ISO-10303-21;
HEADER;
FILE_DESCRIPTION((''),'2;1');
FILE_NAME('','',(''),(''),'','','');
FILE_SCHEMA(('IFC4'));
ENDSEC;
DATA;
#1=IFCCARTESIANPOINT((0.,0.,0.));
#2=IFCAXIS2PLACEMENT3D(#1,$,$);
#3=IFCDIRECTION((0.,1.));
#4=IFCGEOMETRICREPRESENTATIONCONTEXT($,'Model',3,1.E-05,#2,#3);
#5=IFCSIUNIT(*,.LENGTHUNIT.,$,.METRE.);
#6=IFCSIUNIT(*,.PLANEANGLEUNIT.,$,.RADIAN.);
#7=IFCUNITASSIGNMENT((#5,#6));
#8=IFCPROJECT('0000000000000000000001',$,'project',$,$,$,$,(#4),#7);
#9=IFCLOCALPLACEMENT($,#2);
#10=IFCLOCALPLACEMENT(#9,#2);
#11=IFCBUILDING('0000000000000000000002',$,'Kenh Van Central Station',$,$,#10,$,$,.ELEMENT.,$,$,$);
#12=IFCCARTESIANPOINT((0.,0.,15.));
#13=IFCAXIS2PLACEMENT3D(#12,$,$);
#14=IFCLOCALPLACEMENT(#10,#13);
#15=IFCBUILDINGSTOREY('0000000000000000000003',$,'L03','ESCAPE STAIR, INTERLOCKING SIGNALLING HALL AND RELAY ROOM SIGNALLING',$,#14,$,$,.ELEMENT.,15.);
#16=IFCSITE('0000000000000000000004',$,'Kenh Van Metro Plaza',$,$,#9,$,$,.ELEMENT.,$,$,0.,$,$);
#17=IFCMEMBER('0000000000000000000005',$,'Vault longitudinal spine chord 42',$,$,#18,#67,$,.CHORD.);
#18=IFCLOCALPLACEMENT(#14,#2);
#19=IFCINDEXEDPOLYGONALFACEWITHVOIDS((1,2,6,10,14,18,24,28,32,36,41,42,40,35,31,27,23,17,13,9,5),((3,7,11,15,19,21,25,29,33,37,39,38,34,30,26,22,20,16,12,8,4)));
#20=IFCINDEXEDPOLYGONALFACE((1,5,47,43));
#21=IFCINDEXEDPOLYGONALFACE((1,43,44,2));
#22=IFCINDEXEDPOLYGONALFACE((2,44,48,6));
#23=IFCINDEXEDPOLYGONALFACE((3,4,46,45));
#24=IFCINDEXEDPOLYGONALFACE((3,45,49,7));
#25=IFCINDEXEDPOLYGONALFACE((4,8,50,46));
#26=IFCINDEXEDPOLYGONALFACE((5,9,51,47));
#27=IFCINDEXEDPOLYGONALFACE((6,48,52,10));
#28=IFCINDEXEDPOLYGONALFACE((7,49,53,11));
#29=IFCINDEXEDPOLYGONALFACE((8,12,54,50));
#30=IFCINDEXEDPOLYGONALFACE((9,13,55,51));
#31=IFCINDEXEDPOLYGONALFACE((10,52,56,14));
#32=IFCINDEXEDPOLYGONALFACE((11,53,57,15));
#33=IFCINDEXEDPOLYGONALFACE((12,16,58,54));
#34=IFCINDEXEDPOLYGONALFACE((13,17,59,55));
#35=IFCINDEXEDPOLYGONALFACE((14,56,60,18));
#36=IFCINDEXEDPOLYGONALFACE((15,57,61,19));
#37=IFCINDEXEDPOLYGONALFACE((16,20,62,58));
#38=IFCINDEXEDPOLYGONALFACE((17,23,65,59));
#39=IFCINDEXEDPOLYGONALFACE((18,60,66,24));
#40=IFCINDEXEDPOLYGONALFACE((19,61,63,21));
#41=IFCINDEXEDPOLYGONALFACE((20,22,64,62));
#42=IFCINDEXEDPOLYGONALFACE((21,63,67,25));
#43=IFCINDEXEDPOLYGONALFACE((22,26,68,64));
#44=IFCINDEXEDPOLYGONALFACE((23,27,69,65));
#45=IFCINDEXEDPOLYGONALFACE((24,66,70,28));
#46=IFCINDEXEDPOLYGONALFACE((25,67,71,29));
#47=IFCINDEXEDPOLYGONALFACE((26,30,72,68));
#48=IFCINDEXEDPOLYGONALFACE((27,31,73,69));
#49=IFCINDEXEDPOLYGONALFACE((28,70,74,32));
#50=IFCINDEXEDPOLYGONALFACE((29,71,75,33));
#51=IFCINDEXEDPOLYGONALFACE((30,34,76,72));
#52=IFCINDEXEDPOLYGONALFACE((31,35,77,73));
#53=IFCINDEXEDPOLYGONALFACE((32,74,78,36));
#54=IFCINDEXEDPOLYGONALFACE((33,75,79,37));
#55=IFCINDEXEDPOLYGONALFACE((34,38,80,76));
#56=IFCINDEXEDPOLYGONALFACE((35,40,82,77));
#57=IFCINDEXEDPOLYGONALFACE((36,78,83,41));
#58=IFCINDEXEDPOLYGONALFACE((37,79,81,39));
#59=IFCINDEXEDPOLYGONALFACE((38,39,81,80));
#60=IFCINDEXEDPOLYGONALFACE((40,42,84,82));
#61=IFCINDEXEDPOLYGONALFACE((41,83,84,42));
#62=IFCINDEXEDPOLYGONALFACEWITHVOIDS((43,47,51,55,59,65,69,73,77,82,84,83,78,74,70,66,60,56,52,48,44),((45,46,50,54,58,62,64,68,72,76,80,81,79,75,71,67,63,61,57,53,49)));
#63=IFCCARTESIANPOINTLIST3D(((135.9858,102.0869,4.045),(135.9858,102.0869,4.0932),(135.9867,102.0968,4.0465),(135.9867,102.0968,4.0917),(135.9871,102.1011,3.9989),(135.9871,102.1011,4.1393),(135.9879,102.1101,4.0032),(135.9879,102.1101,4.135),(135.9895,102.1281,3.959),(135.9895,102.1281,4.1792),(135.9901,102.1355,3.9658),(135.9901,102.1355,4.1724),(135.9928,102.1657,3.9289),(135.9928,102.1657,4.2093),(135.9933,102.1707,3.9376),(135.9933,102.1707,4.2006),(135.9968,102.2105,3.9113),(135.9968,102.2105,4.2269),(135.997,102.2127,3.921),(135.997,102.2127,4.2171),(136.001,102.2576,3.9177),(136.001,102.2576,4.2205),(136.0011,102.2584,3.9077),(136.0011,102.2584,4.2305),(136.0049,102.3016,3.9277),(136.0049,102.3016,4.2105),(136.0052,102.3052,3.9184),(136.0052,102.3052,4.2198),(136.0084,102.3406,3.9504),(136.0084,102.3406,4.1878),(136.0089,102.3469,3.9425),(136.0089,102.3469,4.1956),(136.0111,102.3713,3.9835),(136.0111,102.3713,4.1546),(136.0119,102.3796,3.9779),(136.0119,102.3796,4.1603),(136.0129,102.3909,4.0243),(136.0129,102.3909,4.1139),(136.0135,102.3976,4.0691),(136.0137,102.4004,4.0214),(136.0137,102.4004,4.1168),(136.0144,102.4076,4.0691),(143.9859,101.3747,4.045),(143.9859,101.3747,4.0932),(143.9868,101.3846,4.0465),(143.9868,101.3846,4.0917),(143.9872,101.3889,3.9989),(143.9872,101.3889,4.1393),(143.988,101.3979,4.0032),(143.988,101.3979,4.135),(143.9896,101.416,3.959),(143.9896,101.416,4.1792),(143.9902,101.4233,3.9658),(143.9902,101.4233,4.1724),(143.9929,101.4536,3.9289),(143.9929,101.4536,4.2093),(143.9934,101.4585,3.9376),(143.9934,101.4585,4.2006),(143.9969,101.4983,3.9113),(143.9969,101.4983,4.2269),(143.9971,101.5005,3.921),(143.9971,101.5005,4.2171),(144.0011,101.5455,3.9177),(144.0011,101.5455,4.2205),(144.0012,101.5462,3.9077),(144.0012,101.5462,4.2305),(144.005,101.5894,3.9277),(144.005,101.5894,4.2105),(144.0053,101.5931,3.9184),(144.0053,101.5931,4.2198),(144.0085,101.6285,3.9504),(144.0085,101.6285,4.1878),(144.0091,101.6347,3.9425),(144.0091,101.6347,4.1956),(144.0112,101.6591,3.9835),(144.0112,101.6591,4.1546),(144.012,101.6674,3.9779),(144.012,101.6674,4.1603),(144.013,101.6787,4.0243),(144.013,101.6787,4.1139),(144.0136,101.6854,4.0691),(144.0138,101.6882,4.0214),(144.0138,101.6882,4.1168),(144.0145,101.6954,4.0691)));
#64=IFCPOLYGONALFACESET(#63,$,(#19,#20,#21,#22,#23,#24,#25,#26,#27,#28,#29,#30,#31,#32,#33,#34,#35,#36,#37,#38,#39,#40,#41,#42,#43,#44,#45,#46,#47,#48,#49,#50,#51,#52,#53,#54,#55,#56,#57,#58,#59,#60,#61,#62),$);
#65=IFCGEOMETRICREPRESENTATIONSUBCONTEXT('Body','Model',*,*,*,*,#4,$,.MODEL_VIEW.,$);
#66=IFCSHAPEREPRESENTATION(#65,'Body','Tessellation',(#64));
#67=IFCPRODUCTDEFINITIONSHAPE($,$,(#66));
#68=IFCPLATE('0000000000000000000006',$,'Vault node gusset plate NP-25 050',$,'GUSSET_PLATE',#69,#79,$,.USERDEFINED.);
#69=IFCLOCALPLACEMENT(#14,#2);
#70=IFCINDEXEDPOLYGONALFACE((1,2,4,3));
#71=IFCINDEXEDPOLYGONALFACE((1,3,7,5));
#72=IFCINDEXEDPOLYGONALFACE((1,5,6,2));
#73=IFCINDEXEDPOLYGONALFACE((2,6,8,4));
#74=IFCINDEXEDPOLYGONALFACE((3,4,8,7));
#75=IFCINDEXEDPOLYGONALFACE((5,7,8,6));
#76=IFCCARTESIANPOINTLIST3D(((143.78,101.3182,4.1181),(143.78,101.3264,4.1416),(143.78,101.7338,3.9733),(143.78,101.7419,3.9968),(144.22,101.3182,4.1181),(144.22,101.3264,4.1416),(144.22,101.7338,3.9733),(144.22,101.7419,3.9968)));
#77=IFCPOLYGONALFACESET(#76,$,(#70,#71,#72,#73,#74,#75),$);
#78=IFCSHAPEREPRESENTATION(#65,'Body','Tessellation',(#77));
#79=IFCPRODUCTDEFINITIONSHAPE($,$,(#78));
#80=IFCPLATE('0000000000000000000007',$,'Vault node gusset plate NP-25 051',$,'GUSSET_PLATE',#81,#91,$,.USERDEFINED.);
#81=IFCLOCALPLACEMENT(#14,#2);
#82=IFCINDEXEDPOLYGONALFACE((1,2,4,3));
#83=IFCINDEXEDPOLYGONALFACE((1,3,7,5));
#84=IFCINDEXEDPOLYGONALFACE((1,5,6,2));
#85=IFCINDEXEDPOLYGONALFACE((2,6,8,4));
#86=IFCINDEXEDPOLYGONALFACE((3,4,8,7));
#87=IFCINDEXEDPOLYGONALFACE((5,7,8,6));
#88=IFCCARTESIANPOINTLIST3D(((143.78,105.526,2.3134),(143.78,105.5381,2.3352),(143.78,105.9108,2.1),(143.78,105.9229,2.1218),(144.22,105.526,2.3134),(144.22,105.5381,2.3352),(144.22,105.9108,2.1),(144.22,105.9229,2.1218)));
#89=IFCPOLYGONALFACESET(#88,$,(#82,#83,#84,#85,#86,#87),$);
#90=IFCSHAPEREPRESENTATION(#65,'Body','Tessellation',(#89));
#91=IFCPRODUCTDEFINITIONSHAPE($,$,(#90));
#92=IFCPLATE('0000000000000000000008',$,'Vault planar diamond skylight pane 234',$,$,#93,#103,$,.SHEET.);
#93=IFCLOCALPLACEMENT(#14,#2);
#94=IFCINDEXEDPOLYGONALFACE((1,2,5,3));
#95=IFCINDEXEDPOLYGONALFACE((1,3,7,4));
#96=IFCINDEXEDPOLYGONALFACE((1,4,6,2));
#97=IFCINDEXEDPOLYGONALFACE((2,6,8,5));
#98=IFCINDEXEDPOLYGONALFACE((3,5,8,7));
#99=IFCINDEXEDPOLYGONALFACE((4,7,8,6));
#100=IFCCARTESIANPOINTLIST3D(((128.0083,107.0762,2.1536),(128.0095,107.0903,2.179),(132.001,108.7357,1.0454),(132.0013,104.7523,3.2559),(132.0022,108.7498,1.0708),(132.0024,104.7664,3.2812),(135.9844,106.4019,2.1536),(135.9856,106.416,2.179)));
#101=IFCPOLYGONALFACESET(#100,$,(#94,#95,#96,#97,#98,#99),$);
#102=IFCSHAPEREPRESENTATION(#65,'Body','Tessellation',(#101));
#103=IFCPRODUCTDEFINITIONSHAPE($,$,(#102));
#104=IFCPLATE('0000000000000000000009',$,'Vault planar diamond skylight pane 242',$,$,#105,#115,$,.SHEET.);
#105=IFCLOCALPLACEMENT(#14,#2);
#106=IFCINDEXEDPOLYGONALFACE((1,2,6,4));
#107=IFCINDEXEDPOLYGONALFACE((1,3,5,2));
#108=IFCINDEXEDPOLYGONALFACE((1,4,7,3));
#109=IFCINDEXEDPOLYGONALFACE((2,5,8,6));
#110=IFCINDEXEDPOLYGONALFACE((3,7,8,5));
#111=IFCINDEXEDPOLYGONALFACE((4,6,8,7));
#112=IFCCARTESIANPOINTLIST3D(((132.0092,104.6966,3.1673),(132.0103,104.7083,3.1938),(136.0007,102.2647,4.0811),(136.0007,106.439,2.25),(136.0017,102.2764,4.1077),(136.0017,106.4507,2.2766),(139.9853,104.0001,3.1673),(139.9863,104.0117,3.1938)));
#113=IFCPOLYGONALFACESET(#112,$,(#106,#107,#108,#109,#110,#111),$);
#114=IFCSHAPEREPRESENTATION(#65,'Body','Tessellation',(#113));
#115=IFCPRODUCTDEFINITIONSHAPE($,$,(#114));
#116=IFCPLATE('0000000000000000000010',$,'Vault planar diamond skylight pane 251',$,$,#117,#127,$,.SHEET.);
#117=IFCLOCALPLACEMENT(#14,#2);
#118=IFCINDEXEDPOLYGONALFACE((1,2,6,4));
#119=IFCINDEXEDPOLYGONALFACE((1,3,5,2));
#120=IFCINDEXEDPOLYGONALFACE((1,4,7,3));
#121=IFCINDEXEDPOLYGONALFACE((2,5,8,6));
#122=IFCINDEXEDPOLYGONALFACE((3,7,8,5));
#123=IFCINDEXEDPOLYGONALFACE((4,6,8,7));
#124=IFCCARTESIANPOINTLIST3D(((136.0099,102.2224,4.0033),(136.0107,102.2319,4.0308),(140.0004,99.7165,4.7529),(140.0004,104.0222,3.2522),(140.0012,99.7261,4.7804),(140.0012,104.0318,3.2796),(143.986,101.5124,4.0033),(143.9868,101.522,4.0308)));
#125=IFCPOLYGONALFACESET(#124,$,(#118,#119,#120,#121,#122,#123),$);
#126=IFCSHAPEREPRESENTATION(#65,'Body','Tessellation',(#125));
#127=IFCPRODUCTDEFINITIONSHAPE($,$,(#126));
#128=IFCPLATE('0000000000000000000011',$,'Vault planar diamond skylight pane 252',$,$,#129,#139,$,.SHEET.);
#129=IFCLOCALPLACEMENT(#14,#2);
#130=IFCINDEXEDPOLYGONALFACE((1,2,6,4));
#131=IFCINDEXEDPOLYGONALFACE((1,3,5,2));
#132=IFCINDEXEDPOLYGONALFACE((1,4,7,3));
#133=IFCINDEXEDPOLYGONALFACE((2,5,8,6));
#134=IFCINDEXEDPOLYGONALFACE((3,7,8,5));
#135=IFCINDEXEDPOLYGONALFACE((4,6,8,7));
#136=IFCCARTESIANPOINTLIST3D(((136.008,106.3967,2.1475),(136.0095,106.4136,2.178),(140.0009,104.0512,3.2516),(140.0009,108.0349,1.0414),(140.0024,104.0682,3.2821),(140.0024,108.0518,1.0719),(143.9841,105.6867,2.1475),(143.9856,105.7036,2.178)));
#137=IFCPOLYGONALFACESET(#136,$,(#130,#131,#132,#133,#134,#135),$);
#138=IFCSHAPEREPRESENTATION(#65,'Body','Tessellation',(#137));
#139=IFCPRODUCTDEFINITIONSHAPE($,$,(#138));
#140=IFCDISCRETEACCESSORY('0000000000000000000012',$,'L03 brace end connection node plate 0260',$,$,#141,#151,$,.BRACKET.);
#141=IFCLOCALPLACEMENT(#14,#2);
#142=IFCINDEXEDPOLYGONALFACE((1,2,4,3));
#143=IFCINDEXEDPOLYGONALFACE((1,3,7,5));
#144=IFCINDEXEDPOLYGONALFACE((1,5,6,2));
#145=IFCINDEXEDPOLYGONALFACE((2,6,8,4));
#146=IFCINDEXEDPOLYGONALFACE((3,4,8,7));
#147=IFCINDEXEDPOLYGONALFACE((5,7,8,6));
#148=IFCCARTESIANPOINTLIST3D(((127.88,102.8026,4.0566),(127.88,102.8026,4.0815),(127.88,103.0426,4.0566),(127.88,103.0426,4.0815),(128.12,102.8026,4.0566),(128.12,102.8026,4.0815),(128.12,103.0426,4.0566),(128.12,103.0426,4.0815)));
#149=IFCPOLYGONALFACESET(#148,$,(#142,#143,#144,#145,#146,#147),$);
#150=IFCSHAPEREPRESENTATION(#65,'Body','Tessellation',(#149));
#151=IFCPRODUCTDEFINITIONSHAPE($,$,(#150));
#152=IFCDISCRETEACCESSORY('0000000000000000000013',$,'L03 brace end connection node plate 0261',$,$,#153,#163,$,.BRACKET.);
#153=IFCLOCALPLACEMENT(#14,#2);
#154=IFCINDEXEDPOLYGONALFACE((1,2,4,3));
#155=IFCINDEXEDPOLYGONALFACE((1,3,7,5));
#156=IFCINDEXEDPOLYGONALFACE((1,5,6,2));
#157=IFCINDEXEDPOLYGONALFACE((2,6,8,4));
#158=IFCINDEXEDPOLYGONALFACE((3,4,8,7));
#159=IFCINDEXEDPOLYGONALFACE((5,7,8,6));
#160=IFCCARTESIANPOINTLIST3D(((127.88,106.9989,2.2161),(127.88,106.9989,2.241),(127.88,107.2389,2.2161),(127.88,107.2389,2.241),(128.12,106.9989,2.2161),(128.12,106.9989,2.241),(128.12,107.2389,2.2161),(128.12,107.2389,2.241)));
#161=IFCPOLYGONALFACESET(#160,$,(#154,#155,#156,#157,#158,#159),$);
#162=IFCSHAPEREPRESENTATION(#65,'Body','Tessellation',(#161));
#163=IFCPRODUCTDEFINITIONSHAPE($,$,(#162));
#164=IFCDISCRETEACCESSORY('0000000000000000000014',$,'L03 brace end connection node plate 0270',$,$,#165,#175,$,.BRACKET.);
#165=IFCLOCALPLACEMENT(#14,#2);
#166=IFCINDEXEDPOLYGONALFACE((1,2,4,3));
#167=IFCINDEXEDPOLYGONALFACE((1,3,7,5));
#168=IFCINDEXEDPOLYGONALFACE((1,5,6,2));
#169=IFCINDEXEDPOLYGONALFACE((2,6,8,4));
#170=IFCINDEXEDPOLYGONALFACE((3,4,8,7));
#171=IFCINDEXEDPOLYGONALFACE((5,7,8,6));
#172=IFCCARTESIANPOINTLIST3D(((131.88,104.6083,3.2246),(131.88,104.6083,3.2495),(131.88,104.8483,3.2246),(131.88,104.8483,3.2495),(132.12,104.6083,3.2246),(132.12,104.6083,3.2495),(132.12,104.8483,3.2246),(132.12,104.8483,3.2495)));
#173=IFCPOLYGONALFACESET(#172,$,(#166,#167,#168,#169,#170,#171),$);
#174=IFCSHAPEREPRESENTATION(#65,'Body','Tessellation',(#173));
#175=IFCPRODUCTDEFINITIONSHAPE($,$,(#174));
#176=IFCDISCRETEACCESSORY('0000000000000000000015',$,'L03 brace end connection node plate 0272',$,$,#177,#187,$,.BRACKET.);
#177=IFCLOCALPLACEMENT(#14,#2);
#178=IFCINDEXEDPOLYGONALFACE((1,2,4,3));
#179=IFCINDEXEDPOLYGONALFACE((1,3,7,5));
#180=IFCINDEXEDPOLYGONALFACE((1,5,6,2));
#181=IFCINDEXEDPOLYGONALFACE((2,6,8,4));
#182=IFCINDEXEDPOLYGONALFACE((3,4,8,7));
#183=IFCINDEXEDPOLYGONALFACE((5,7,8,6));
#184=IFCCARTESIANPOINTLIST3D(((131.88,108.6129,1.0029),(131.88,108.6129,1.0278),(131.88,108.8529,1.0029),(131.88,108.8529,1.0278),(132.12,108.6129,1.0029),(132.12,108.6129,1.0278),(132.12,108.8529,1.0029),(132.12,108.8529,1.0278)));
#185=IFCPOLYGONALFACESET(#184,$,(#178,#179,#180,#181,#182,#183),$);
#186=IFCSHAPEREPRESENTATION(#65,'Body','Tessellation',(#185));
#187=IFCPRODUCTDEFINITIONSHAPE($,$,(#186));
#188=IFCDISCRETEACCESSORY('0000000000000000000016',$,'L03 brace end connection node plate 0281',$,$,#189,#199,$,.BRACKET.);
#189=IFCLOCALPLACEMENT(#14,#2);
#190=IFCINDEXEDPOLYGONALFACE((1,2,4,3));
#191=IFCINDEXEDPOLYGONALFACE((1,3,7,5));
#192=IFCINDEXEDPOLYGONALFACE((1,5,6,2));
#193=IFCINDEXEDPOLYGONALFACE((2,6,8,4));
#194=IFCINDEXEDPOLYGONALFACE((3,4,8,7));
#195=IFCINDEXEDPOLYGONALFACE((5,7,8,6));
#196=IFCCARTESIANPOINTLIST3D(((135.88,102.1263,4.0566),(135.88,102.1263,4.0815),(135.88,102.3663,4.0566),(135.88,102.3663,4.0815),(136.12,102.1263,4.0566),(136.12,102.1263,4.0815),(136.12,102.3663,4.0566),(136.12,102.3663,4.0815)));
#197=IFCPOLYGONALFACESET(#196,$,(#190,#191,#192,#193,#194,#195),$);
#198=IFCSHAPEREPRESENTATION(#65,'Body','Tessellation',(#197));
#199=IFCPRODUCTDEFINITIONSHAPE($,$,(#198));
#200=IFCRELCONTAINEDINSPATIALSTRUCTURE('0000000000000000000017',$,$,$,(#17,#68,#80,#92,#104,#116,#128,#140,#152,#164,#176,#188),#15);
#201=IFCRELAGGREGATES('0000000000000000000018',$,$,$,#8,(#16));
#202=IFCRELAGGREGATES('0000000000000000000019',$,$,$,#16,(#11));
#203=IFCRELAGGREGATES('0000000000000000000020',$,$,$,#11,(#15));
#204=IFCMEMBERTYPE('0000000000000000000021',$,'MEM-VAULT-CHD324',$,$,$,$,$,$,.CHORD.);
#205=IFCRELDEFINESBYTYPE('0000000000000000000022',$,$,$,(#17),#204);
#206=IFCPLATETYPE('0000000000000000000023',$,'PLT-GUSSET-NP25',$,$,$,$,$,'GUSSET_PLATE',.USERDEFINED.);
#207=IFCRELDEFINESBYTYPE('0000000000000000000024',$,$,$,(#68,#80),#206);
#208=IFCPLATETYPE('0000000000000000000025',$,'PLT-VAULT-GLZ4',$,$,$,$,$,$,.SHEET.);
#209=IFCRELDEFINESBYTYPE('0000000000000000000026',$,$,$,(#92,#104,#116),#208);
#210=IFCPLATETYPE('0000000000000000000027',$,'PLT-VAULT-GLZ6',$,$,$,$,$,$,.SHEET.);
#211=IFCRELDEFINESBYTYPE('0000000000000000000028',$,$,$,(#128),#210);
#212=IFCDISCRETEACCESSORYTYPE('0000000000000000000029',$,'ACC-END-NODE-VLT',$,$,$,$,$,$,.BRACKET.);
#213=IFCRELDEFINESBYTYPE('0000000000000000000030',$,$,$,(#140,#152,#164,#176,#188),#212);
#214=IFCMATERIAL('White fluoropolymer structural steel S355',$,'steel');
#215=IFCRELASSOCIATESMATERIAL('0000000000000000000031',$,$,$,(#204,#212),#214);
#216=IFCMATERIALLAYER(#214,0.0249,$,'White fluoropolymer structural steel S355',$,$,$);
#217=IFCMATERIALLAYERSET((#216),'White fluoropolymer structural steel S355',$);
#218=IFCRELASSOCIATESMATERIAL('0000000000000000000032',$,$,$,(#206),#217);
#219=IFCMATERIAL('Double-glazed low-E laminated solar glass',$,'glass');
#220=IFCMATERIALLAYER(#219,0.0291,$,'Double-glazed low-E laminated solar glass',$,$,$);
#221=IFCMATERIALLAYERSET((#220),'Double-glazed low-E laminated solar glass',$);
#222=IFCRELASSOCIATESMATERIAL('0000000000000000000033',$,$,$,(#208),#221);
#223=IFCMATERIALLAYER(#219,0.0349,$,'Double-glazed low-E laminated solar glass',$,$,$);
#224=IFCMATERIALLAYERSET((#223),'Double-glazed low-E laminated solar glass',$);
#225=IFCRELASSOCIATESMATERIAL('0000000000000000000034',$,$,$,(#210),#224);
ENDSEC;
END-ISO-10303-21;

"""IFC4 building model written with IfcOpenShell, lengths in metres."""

from ifc_helpers import new_model, si_unit, direction, frame, origin, origin_2d, place, context, subcontext, project, spatial, polyline, rectangle, hollow_circle, outline, extrude, material, layer, layer_set, material_profile, profile_set, type_object, element, save


model = new_model("IFC4")

# Units and contexts
model_context = context("Model", 3, precision=1e-05, world=origin(), true_north=direction((0.0, 1.0)))
body_context = subcontext(model_context, "Body", "Model", "MODEL_VIEW")
ifc_project = project(units=[si_unit("LENGTHUNIT", "METRE"), si_unit("PLANEANGLEUNIT", "RADIAN")], contexts=[model_context])

# Site, building, storey
site_placement = place(None, origin())
site = spatial("IfcSite", under=ifc_project, at=site_placement, Name="Kenh Van Metro Plaza", CompositionType="ELEMENT", RefElevation=0.0)
building_placement = place(site_placement, origin())
building = spatial("IfcBuilding", under=site, at=building_placement, Name="Kenh Van Central Station", CompositionType="ELEMENT")
storey_placement = place(building_placement, frame((0.0, 0.0, 15.0)))
storey = spatial("IfcBuildingStorey", under=building, at=storey_placement, Name="L03", Description="ESCAPE STAIR, INTERLOCKING SIGNALLING HALL AND RELAY ROOM SIGNALLING", CompositionType="ELEMENT", Elevation=15.0)

# Shared definitions
ifc_material_1 = material(Name="White fluoropolymer structural steel S355", Category="steel")

# Member
ifc_material_profile_1 = material_profile(ifc_material_1, hollow_circle(Radius=0.1619, WallThickness=0.01, at=origin_2d()), Name="CHS 323.9x10")
ifc_profile_set_1 = profile_set([ifc_material_profile_1], Name="White fluoropolymer structural steel S355")
member_type_1 = type_object("IfcMemberType", Name="MEM-VAULT-CHD324", PredefinedType="CHORD", material=ifc_profile_set_1)
member_1_placement = place(storey_placement, frame((136.0, 102.2463, 4.0691), z_axis=(0.996061, -0.088669, 0.0), x_axis=(0.088669, 0.996061, 0.0)))
element("IfcMember", 1, at=member_1_placement, inside=storey, type_object=member_type_1, Name="Vault longitudinal spine chord 42", PredefinedType="CHORD", context=body_context, shape_type="SweptSolid", body=[
    extrude(hollow_circle(Radius=0.1619, WallThickness=0.01, at=origin_2d()), origin(), (0.0, 0.0, 1.0), 8.0317),
])

# Plates
ifc_layer_1 = layer(ifc_material_1, 0.0249, Name="White fluoropolymer structural steel S355")
ifc_layer_set_1 = layer_set([ifc_layer_1], Name="White fluoropolymer structural steel S355")
plate_type_1 = type_object("IfcPlateType", Name="PLT-GUSSET-NP25", ElementType="GUSSET_PLATE", PredefinedType="USERDEFINED", material=ifc_layer_set_1)
plate_1_placement = place(storey_placement, frame((143.78, 101.3264, 4.1416), z_axis=(0.0, 0.329016, 0.944325), x_axis=(1.0, 0.0, 0.0)))
element("IfcPlate", 2, at=plate_1_placement, inside=storey, type_object=plate_type_1, Name="Vault node gusset plate NP-25 050", ObjectType="GUSSET_PLATE", PredefinedType="USERDEFINED", context=body_context, shape_type="SweptSolid", body=[
    extrude(outline(polyline([(0.0, 0.0), (0.4399, 0.0), (0.4399, 0.44), (0.0, 0.44), (0.0, 0.0)])), origin(), (0.0, 0.0, -1.0), 0.0249),
])
plate_2_placement = place(storey_placement, frame((143.78, 105.5381, 2.3352), z_axis=(0.0, 0.484983, 0.874523), x_axis=(1.0, 0.0, 0.0)))
element("IfcPlate", 3, at=plate_2_placement, inside=storey, type_object=plate_type_1, Name="Vault node gusset plate NP-25 051", ObjectType="GUSSET_PLATE", PredefinedType="USERDEFINED", context=body_context, shape_type="SweptSolid", body=[
    extrude(outline(polyline([(0.0, 0.0), (0.4399, 0.0), (0.4399, 0.44), (0.0, 0.44), (0.0, 0.0)])), origin(), (0.0, 0.0, -1.0), 0.0249),
])
ifc_material_2 = material(Name="Double-glazed low-E laminated solar glass", Category="glass")
ifc_layer_2 = layer(ifc_material_2, 0.0291, Name="Double-glazed low-E laminated solar glass")
ifc_layer_set_2 = layer_set([ifc_layer_2], Name="Double-glazed low-E laminated solar glass")
plate_type_2 = type_object("IfcPlateType", Name="PLT-VAULT-GLZ4", PredefinedType="SHEET", material=ifc_layer_set_2)
plate_3_placement = place(storey_placement, frame((128.0095, 107.0903, 2.179), z_axis=(0.040987, 0.484809, 0.873659), x_axis=(0.840674, -0.489293, 0.232078)))
element("IfcPlate", 4, at=plate_3_placement, inside=storey, type_object=plate_type_2, Name="Vault planar diamond skylight pane 234", PredefinedType="SHEET", context=body_context, shape_type="SweptSolid", body=[
    extrude(outline(polyline([(0.0, 0.0), (4.7497, 0.0), (7.0352, 3.8181), (2.2874, 3.8329), (0.0, 0.0)])), origin(), (0.0, 0.0, -1.0), 0.0291),
])
plate_4_placement = place(storey_placement, frame((132.0103, 104.7083, 3.1938), z_axis=(0.035058, 0.401454, 0.915208), x_axis=(0.838111, -0.510636, 0.191885)))
element("IfcPlate", 5, at=plate_4_placement, inside=storey, type_object=plate_type_2, Name="Vault planar diamond skylight pane 242", PredefinedType="SHEET", context=body_context, shape_type="SweptSolid", body=[
    extrude(outline(polyline([(0.0, 0.0), (4.7624, 0.0), (7.0405, 3.8124), (2.2795, 3.8227), (0.0, 0.0)])), origin(), (0.0, 0.0, -1.0), 0.0291),
])
plate_5_placement = place(storey_placement, frame((136.0107, 102.2319, 4.0308), z_axis=(0.029284, 0.328988, 0.94388), x_axis=(0.836356, -0.525191, 0.157107)))
element("IfcPlate", 6, at=plate_5_placement, inside=storey, type_object=plate_type_2, Name="Vault planar diamond skylight pane 251", PredefinedType="SHEET", context=body_context, shape_type="SweptSolid", body=[
    extrude(outline(polyline([(0.0, 0.0), (4.7713, 0.0), (7.0437, 3.8089), (2.2742, 3.8152), (0.0, 0.0)])), origin(), (0.0, 0.0, -1.0), 0.0291),
])
ifc_layer_3 = layer(ifc_material_2, 0.0349, Name="Double-glazed low-E laminated solar glass")
ifc_layer_set_3 = layer_set([ifc_layer_3], Name="Double-glazed low-E laminated solar glass")
plate_type_3 = type_object("IfcPlateType", Name="PLT-VAULT-GLZ6", PredefinedType="SHEET", material=ifc_layer_set_3)
plate_6_placement = place(storey_placement, frame((136.0095, 106.4136, 2.178), z_axis=(0.043144, 0.4847, 0.873616), x_axis=(0.838742, -0.49267, 0.231922)))
element("IfcPlate", 7, at=plate_6_placement, inside=storey, type_object=plate_type_3, Name="Vault planar diamond skylight pane 252", PredefinedType="SHEET", context=body_context, shape_type="SweptSolid", body=[
    extrude(outline(polyline([(0.0, 0.0), (4.7606, 0.0), (7.0396, 3.8164), (2.2854, 3.8246), (0.0, 0.0)])), origin(), (0.0, 0.0, -1.0), 0.0349),
])

# Discrete accessories
discrete_accessory_type = type_object("IfcDiscreteAccessoryType", Name="ACC-END-NODE-VLT", PredefinedType="BRACKET", material=ifc_material_1)
for number, where, z_axis, x_axis, name in (
    (8, (128.0, 102.9226, 4.0566), (0.0, 0.0, 1.0), (1.0, 0.0, 0.0), "L03 brace end connection node plate 0260"),
    (9, (128.0, 107.1189, 2.2161), (0.0, 0.0, 1.0), (1.0, 0.0, 0.0), "L03 brace end connection node plate 0261"),
    (10, (132.0, 104.7283, 3.2246), (0.0, 0.0, 1.0), (1.0, 0.0, 0.0), "L03 brace end connection node plate 0270"),
    (11, (132.0, 108.7329, 1.0029), (0.0, 0.0, 1.0), (1.0, 0.0, 0.0), "L03 brace end connection node plate 0272"),
    (12, (136.0, 102.2463, 4.0566), (0.0, 0.0, 1.0), (1.0, 0.0, 0.0), "L03 brace end connection node plate 0281"),
):
    element("IfcDiscreteAccessory", number, at=place(storey_placement, frame(where, z_axis=z_axis, x_axis=x_axis)), inside=storey, type_object=discrete_accessory_type, Name=name, PredefinedType="BRACKET", context=body_context, shape_type="SweptSolid", body=[
        extrude(rectangle(XDim=0.24, YDim=0.24, at=origin_2d()), origin(), (0.0, 0.0, 1.0), 0.0249),
    ])

save(model, "model.ifc")
